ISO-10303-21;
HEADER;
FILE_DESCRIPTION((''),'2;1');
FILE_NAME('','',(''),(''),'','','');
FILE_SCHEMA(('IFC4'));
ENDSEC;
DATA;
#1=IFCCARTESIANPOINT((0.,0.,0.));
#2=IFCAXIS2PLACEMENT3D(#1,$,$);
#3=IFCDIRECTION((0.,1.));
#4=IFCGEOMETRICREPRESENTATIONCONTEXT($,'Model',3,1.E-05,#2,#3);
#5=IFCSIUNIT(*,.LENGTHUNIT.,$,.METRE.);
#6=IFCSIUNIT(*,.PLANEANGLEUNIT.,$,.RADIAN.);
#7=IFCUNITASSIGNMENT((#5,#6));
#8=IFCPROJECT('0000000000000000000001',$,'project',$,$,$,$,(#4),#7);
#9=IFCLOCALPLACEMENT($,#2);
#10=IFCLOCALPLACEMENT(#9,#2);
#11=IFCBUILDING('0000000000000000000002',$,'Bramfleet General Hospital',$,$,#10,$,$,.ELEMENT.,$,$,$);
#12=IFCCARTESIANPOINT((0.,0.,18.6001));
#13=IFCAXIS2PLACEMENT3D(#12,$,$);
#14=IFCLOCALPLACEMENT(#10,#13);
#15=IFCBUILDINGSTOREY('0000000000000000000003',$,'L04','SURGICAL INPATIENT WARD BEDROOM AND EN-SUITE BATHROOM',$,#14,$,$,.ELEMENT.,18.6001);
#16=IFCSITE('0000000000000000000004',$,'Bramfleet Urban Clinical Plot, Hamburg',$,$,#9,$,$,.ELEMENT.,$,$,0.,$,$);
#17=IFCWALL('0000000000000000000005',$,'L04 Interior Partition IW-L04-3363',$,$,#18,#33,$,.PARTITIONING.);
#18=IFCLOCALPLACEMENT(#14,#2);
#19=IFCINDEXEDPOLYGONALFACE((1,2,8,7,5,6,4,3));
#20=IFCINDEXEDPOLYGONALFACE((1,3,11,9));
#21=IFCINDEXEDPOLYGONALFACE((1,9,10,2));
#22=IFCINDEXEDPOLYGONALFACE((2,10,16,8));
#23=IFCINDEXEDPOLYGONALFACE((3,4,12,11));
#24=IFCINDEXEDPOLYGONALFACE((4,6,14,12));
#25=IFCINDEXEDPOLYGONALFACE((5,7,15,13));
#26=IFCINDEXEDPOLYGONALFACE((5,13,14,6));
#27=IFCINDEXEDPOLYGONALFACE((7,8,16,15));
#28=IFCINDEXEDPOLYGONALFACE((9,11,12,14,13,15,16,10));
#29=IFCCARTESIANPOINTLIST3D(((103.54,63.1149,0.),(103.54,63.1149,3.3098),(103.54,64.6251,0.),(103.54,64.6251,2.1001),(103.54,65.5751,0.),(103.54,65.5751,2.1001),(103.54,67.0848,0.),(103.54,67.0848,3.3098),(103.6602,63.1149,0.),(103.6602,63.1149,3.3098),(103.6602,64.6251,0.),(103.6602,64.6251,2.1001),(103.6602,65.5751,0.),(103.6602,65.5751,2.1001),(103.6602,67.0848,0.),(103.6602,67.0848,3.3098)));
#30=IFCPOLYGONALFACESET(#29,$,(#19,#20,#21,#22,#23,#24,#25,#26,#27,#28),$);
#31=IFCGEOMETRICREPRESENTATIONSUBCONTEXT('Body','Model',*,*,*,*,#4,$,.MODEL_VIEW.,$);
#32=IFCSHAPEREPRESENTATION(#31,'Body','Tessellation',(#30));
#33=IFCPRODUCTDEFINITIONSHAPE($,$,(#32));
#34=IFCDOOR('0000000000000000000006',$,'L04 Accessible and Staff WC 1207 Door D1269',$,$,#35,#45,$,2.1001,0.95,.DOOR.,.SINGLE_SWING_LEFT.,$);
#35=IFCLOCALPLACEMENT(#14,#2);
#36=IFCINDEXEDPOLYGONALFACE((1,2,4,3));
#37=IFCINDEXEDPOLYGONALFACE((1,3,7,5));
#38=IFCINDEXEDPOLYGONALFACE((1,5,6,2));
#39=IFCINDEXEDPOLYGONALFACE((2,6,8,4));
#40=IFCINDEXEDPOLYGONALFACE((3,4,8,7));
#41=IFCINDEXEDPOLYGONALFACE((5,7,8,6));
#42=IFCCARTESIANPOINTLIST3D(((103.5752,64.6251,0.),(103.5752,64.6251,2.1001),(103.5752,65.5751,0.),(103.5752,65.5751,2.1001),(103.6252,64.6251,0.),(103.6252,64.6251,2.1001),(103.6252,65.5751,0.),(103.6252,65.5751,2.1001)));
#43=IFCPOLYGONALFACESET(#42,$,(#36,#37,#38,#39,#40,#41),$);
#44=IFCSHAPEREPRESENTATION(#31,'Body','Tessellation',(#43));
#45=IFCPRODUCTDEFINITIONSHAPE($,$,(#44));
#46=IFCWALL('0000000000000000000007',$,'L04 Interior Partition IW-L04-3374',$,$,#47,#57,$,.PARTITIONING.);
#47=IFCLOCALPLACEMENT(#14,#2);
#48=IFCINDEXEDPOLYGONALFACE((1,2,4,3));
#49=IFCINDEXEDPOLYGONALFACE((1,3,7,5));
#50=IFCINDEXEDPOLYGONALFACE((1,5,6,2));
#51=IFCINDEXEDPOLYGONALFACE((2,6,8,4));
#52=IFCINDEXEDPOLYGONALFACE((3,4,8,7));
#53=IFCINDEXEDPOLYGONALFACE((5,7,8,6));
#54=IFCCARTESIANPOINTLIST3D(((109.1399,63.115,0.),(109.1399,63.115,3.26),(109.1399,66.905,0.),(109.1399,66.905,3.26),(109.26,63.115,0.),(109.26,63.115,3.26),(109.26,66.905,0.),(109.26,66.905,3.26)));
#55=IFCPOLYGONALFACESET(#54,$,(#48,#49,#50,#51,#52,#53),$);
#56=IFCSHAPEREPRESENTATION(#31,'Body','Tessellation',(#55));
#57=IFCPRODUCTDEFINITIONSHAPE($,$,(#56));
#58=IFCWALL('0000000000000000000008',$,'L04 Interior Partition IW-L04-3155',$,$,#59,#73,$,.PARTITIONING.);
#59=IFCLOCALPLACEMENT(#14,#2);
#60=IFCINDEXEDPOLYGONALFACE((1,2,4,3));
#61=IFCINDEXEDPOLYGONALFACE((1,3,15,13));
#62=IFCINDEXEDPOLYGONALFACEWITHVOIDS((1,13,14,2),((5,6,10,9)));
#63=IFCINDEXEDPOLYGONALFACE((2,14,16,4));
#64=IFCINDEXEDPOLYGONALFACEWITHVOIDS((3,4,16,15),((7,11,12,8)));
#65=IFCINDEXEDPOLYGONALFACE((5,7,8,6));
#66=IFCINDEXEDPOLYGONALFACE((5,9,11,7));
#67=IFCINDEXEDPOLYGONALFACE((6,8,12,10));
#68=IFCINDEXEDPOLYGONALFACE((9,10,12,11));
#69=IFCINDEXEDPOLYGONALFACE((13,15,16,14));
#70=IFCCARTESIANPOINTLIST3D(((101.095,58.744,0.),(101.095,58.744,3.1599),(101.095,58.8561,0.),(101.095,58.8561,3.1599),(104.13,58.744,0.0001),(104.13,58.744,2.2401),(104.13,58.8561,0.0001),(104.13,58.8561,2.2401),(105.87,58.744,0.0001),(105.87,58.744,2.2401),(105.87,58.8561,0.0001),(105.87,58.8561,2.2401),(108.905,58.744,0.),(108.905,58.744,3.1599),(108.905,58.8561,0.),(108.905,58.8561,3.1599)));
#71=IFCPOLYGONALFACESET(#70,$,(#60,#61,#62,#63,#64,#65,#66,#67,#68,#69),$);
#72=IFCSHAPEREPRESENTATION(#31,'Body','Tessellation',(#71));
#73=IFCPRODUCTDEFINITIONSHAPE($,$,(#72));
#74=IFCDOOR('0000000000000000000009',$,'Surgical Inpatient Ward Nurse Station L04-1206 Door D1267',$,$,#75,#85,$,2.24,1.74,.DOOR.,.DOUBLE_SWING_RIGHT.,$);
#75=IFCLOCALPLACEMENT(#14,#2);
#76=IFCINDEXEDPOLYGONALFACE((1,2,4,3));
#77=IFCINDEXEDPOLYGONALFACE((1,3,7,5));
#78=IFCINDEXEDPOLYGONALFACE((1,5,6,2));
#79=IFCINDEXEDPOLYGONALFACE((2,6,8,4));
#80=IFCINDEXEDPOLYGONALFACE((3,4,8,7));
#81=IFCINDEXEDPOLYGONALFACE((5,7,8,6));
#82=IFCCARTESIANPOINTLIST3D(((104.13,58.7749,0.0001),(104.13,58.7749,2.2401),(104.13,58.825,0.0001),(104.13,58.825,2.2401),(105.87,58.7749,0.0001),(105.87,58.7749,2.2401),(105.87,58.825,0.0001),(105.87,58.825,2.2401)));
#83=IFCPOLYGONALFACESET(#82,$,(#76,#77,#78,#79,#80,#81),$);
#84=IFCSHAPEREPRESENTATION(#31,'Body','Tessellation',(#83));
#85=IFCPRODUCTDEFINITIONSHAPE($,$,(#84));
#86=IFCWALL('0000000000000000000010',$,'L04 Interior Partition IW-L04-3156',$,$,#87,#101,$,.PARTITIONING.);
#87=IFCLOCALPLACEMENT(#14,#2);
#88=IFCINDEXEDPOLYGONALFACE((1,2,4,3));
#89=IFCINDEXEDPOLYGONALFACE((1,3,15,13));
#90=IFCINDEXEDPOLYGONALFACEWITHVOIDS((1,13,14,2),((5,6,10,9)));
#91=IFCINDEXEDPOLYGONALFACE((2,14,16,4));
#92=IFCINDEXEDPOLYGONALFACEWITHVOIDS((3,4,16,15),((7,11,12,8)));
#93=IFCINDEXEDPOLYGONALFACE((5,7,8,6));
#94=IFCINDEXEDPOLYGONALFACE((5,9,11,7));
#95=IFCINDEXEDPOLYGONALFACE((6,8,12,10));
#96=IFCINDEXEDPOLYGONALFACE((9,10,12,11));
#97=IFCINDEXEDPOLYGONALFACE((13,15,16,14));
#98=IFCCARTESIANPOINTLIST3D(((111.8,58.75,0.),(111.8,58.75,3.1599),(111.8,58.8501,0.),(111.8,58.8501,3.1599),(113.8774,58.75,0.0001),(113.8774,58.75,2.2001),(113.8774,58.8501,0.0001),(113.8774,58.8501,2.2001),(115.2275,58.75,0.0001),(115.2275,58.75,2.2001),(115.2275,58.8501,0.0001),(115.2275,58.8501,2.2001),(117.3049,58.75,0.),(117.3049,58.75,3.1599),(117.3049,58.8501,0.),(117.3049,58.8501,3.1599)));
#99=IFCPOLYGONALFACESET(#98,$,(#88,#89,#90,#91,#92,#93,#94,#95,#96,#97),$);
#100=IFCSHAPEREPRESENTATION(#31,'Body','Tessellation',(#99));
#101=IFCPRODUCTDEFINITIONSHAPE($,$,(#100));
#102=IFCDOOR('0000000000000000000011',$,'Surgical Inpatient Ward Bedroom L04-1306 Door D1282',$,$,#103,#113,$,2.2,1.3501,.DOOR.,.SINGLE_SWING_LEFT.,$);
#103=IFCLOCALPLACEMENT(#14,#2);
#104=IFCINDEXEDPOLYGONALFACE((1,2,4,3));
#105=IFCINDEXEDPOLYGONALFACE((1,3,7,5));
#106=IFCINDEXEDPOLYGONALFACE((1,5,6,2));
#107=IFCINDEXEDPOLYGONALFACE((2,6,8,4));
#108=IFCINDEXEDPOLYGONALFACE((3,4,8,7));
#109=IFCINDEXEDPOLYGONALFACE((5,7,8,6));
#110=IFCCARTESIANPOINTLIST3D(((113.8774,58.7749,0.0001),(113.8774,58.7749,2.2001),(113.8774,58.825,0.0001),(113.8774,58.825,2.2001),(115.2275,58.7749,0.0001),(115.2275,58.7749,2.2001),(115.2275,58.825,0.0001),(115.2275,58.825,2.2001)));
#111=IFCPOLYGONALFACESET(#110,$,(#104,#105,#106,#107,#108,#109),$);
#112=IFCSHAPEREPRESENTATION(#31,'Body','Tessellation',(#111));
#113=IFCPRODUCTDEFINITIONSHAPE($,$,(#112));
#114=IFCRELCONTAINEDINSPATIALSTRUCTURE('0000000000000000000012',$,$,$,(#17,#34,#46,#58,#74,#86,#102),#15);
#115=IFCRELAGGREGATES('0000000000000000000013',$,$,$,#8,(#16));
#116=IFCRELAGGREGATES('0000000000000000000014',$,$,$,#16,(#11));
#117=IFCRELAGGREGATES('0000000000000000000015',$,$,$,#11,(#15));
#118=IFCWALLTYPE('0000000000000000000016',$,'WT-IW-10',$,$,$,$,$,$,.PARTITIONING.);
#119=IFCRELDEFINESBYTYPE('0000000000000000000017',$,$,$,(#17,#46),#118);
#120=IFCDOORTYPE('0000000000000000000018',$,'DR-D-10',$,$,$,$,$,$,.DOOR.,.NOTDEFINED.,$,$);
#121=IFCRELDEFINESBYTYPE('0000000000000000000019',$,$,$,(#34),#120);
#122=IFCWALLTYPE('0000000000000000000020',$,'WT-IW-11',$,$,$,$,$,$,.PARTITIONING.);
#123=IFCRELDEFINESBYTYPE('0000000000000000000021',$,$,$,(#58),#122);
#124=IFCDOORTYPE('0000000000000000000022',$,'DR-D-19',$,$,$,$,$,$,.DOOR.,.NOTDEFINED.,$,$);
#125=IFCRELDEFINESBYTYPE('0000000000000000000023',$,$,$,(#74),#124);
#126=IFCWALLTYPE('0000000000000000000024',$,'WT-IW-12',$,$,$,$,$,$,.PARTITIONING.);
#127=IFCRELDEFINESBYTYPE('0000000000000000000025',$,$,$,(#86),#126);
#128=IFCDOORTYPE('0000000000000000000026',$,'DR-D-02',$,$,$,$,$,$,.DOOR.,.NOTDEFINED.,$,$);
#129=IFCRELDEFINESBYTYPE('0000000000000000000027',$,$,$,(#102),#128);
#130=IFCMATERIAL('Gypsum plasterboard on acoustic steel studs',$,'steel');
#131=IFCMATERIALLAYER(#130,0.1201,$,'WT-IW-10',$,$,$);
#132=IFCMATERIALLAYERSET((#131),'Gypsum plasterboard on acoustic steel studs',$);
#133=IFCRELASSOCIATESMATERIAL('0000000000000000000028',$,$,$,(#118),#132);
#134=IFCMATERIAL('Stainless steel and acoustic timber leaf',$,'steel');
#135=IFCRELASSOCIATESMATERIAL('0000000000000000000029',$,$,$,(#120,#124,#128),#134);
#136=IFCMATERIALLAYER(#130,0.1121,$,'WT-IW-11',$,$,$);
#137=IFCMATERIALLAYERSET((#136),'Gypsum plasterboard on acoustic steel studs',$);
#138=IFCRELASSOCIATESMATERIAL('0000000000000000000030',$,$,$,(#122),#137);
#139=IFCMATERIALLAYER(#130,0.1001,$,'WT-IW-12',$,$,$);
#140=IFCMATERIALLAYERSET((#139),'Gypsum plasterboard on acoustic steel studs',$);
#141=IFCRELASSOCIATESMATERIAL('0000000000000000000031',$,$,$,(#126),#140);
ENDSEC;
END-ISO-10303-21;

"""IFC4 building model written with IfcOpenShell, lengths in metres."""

from ifc_helpers import new_model, si_unit, direction, frame, frame_2d, origin, place, context, subcontext, project, spatial, rectangle, extrude, material, layer, layer_set, type_object, element, fill, save


model = new_model("IFC4")

# Units and contexts
model_context = context("Model", 3, precision=1e-05, world=origin(), true_north=direction((0.0, 1.0)))
body_context = subcontext(model_context, "Body", "Model", "MODEL_VIEW")
ifc_project = project(units=[si_unit("LENGTHUNIT", "METRE"), si_unit("PLANEANGLEUNIT", "RADIAN")], contexts=[model_context])

# Site, building, storey
site_placement = place(None, origin())
site = spatial("IfcSite", under=ifc_project, at=site_placement, Name="Bramfleet Urban Clinical Plot, Hamburg", CompositionType="ELEMENT", RefElevation=0.0)
building_placement = place(site_placement, origin())
building = spatial("IfcBuilding", under=site, at=building_placement, Name="Bramfleet General Hospital", CompositionType="ELEMENT")
storey_placement = place(building_placement, frame((0.0, 0.0, 18.6001)))
storey = spatial("IfcBuildingStorey", under=building, at=storey_placement, Name="L04", Description="SURGICAL INPATIENT WARD BEDROOM AND EN-SUITE BATHROOM", CompositionType="ELEMENT", Elevation=18.6001)

# Shared definitions
ifc_material_1 = material(Name="Stainless steel and acoustic timber leaf", Category="steel")

# Shared definitions
ifc_material_2 = material(Name="Gypsum plasterboard on acoustic steel studs", Category="steel")
ifc_layer_1 = layer(ifc_material_2, 0.1201, Name="WT-IW-10")
ifc_layer_set_1 = layer_set([ifc_layer_1], Name="Gypsum plasterboard on acoustic steel studs")
wall_type_1 = type_object("IfcWallType", Name="WT-IW-10", PredefinedType="PARTITIONING", material=ifc_layer_set_1)

# Wall, opening, door
wall_1_placement = place(storey_placement, frame((103.6001, 63.115, 0.0), z_axis=(0.0, 0.0, 1.0), x_axis=(0.0, 1.0, 0.0)))
wall_1 = element("IfcWall", 1, at=wall_1_placement, inside=storey, type_object=wall_type_1, Name="L04 Interior Partition IW-L04-3363", PredefinedType="PARTITIONING", context=body_context, shape_type="SweptSolid", body=[
    extrude(rectangle(XDim=3.97, YDim=0.1201, at=frame_2d((1.9849, 0.0))), origin(), (0.0, 0.0, 1.0), 3.3098),
])
opening_1_placement = place(wall_1_placement, frame((1.51, 0.0, 0.0)))
opening_1 = element("IfcOpeningElement", 2, at=opening_1_placement, cuts=wall_1, PredefinedType="OPENING", context=body_context, shape_type="SweptSolid", body=[
    extrude(rectangle(XDim=0.95, YDim=2.1001, at=frame_2d((0.4751, 1.05))), frame((0.0, 0.0701, 0.0), z_axis=(0.0, -1.0, 0.0), x_axis=(1.0, 0.0, 0.0)), (0.0, 0.0, 1.0), 0.1401),
])
door_type_1 = type_object("IfcDoorType", Name="DR-D-10", OperationType="NOTDEFINED", PredefinedType="DOOR", material=ifc_material_1)
door_1_placement = place(opening_1_placement, origin())
door_1 = element("IfcDoor", 3, at=door_1_placement, inside=storey, type_object=door_type_1, Name="L04 Accessible and Staff WC 1207 Door D1269", OperationType="SINGLE_SWING_LEFT", OverallHeight=2.1001, OverallWidth=0.95, PredefinedType="DOOR", context=body_context, shape_type="SweptSolid", body=[
    extrude(rectangle(XDim=0.95, YDim=2.1001, at=frame_2d((0.4751, 1.05))), frame((0.0, 0.0249, 0.0), z_axis=(0.0, -1.0, 0.0), x_axis=(1.0, 0.0, 0.0)), (0.0, 0.0, 1.0), 0.05),
])
fill(opening_1, door_1)

# Wall
wall_2_placement = place(storey_placement, frame((109.2, 63.115, 0.0), z_axis=(0.0, 0.0, 1.0), x_axis=(0.0, 1.0, 0.0)))
element("IfcWall", 4, at=wall_2_placement, inside=storey, type_object=wall_type_1, Name="L04 Interior Partition IW-L04-3374", PredefinedType="PARTITIONING", context=body_context, shape_type="SweptSolid", body=[
    extrude(rectangle(XDim=3.79, YDim=0.1201, at=frame_2d((1.895, 0.0))), origin(), (0.0, 0.0, 1.0), 3.26),
])

# Walls, openings, doors
ifc_layer_2 = layer(ifc_material_2, 0.1121, Name="WT-IW-11")
ifc_layer_set_2 = layer_set([ifc_layer_2], Name="Gypsum plasterboard on acoustic steel studs")
wall_type_2 = type_object("IfcWallType", Name="WT-IW-11", PredefinedType="PARTITIONING", material=ifc_layer_set_2)
wall_3_placement = place(storey_placement, frame((101.095, 58.8, 0.0), z_axis=(0.0, 0.0, 1.0), x_axis=(1.0, 0.0, 0.0)))
wall_3 = element("IfcWall", 5, at=wall_3_placement, inside=storey, type_object=wall_type_2, Name="L04 Interior Partition IW-L04-3155", PredefinedType="PARTITIONING", context=body_context, shape_type="SweptSolid", body=[
    extrude(rectangle(XDim=7.8101, YDim=0.1121, at=frame_2d((3.905, 0.0))), origin(), (0.0, 0.0, 1.0), 3.1599),
])
opening_2_placement = place(wall_3_placement, frame((3.0349, 0.0, 0.0)))
opening_2 = element("IfcOpeningElement", 6, at=opening_2_placement, cuts=wall_3, PredefinedType="OPENING", context=body_context, shape_type="SweptSolid", body=[
    extrude(rectangle(XDim=1.74, YDim=2.24, at=frame_2d((0.8701, 1.1201))), frame((0.0, 0.0659, 0.0), z_axis=(0.0, -1.0, 0.0), x_axis=(1.0, 0.0, 0.0)), (0.0, 0.0, 1.0), 0.1321),
])
door_type_2 = type_object("IfcDoorType", Name="DR-D-19", OperationType="NOTDEFINED", PredefinedType="DOOR", material=ifc_material_1)
door_2_placement = place(opening_2_placement, origin())
door_2 = element("IfcDoor", 7, at=door_2_placement, inside=storey, type_object=door_type_2, Name="Surgical Inpatient Ward Nurse Station L04-1206 Door D1267", OperationType="DOUBLE_SWING_RIGHT", OverallHeight=2.24, OverallWidth=1.74, PredefinedType="DOOR", context=body_context, shape_type="SweptSolid", body=[
    extrude(rectangle(XDim=1.74, YDim=2.24, at=frame_2d((0.8701, 1.1201))), frame((0.0, 0.0249, 0.0), z_axis=(0.0, -1.0, 0.0), x_axis=(1.0, 0.0, 0.0)), (0.0, 0.0, 1.0), 0.05),
])
fill(opening_2, door_2)
ifc_layer_3 = layer(ifc_material_2, 0.1001, Name="WT-IW-12")
ifc_layer_set_3 = layer_set([ifc_layer_3], Name="Gypsum plasterboard on acoustic steel studs")
wall_type_3 = type_object("IfcWallType", Name="WT-IW-12", PredefinedType="PARTITIONING", material=ifc_layer_set_3)
wall_4_placement = place(storey_placement, frame((111.8, 58.8, 0.0), z_axis=(0.0, 0.0, 1.0), x_axis=(1.0, 0.0, 0.0)))
wall_4 = element("IfcWall", 8, at=wall_4_placement, inside=storey, type_object=wall_type_3, Name="L04 Interior Partition IW-L04-3156", PredefinedType="PARTITIONING", context=body_context, shape_type="SweptSolid", body=[
    extrude(rectangle(XDim=5.5049, YDim=0.1001, at=frame_2d((2.7524, 0.0))), origin(), (0.0, 0.0, 1.0), 3.1599),
])
opening_3_placement = place(wall_4_placement, frame((2.0774, 0.0, 0.0)))
opening_3 = element("IfcOpeningElement", 9, at=opening_3_placement, cuts=wall_4, PredefinedType="OPENING", context=body_context, shape_type="SweptSolid", body=[
    extrude(rectangle(XDim=1.3501, YDim=2.2, at=frame_2d((0.675, 1.1001))), frame((0.0, 0.0601, 0.0), z_axis=(0.0, -1.0, 0.0), x_axis=(1.0, 0.0, 0.0)), (0.0, 0.0, 1.0), 0.1201),
])
door_type_3 = type_object("IfcDoorType", Name="DR-D-02", OperationType="NOTDEFINED", PredefinedType="DOOR", material=ifc_material_1)
door_3_placement = place(opening_3_placement, origin())
door_3 = element("IfcDoor", 10, at=door_3_placement, inside=storey, type_object=door_type_3, Name="Surgical Inpatient Ward Bedroom L04-1306 Door D1282", OperationType="SINGLE_SWING_LEFT", OverallHeight=2.2, OverallWidth=1.3501, PredefinedType="DOOR", context=body_context, shape_type="SweptSolid", body=[
    extrude(rectangle(XDim=1.3501, YDim=2.2, at=frame_2d((0.675, 1.1001))), frame((0.0, 0.0249, 0.0), z_axis=(0.0, -1.0, 0.0), x_axis=(1.0, 0.0, 0.0)), (0.0, 0.0, 1.0), 0.05),
])
fill(opening_3, door_3)

save(model, "model.ifc")
